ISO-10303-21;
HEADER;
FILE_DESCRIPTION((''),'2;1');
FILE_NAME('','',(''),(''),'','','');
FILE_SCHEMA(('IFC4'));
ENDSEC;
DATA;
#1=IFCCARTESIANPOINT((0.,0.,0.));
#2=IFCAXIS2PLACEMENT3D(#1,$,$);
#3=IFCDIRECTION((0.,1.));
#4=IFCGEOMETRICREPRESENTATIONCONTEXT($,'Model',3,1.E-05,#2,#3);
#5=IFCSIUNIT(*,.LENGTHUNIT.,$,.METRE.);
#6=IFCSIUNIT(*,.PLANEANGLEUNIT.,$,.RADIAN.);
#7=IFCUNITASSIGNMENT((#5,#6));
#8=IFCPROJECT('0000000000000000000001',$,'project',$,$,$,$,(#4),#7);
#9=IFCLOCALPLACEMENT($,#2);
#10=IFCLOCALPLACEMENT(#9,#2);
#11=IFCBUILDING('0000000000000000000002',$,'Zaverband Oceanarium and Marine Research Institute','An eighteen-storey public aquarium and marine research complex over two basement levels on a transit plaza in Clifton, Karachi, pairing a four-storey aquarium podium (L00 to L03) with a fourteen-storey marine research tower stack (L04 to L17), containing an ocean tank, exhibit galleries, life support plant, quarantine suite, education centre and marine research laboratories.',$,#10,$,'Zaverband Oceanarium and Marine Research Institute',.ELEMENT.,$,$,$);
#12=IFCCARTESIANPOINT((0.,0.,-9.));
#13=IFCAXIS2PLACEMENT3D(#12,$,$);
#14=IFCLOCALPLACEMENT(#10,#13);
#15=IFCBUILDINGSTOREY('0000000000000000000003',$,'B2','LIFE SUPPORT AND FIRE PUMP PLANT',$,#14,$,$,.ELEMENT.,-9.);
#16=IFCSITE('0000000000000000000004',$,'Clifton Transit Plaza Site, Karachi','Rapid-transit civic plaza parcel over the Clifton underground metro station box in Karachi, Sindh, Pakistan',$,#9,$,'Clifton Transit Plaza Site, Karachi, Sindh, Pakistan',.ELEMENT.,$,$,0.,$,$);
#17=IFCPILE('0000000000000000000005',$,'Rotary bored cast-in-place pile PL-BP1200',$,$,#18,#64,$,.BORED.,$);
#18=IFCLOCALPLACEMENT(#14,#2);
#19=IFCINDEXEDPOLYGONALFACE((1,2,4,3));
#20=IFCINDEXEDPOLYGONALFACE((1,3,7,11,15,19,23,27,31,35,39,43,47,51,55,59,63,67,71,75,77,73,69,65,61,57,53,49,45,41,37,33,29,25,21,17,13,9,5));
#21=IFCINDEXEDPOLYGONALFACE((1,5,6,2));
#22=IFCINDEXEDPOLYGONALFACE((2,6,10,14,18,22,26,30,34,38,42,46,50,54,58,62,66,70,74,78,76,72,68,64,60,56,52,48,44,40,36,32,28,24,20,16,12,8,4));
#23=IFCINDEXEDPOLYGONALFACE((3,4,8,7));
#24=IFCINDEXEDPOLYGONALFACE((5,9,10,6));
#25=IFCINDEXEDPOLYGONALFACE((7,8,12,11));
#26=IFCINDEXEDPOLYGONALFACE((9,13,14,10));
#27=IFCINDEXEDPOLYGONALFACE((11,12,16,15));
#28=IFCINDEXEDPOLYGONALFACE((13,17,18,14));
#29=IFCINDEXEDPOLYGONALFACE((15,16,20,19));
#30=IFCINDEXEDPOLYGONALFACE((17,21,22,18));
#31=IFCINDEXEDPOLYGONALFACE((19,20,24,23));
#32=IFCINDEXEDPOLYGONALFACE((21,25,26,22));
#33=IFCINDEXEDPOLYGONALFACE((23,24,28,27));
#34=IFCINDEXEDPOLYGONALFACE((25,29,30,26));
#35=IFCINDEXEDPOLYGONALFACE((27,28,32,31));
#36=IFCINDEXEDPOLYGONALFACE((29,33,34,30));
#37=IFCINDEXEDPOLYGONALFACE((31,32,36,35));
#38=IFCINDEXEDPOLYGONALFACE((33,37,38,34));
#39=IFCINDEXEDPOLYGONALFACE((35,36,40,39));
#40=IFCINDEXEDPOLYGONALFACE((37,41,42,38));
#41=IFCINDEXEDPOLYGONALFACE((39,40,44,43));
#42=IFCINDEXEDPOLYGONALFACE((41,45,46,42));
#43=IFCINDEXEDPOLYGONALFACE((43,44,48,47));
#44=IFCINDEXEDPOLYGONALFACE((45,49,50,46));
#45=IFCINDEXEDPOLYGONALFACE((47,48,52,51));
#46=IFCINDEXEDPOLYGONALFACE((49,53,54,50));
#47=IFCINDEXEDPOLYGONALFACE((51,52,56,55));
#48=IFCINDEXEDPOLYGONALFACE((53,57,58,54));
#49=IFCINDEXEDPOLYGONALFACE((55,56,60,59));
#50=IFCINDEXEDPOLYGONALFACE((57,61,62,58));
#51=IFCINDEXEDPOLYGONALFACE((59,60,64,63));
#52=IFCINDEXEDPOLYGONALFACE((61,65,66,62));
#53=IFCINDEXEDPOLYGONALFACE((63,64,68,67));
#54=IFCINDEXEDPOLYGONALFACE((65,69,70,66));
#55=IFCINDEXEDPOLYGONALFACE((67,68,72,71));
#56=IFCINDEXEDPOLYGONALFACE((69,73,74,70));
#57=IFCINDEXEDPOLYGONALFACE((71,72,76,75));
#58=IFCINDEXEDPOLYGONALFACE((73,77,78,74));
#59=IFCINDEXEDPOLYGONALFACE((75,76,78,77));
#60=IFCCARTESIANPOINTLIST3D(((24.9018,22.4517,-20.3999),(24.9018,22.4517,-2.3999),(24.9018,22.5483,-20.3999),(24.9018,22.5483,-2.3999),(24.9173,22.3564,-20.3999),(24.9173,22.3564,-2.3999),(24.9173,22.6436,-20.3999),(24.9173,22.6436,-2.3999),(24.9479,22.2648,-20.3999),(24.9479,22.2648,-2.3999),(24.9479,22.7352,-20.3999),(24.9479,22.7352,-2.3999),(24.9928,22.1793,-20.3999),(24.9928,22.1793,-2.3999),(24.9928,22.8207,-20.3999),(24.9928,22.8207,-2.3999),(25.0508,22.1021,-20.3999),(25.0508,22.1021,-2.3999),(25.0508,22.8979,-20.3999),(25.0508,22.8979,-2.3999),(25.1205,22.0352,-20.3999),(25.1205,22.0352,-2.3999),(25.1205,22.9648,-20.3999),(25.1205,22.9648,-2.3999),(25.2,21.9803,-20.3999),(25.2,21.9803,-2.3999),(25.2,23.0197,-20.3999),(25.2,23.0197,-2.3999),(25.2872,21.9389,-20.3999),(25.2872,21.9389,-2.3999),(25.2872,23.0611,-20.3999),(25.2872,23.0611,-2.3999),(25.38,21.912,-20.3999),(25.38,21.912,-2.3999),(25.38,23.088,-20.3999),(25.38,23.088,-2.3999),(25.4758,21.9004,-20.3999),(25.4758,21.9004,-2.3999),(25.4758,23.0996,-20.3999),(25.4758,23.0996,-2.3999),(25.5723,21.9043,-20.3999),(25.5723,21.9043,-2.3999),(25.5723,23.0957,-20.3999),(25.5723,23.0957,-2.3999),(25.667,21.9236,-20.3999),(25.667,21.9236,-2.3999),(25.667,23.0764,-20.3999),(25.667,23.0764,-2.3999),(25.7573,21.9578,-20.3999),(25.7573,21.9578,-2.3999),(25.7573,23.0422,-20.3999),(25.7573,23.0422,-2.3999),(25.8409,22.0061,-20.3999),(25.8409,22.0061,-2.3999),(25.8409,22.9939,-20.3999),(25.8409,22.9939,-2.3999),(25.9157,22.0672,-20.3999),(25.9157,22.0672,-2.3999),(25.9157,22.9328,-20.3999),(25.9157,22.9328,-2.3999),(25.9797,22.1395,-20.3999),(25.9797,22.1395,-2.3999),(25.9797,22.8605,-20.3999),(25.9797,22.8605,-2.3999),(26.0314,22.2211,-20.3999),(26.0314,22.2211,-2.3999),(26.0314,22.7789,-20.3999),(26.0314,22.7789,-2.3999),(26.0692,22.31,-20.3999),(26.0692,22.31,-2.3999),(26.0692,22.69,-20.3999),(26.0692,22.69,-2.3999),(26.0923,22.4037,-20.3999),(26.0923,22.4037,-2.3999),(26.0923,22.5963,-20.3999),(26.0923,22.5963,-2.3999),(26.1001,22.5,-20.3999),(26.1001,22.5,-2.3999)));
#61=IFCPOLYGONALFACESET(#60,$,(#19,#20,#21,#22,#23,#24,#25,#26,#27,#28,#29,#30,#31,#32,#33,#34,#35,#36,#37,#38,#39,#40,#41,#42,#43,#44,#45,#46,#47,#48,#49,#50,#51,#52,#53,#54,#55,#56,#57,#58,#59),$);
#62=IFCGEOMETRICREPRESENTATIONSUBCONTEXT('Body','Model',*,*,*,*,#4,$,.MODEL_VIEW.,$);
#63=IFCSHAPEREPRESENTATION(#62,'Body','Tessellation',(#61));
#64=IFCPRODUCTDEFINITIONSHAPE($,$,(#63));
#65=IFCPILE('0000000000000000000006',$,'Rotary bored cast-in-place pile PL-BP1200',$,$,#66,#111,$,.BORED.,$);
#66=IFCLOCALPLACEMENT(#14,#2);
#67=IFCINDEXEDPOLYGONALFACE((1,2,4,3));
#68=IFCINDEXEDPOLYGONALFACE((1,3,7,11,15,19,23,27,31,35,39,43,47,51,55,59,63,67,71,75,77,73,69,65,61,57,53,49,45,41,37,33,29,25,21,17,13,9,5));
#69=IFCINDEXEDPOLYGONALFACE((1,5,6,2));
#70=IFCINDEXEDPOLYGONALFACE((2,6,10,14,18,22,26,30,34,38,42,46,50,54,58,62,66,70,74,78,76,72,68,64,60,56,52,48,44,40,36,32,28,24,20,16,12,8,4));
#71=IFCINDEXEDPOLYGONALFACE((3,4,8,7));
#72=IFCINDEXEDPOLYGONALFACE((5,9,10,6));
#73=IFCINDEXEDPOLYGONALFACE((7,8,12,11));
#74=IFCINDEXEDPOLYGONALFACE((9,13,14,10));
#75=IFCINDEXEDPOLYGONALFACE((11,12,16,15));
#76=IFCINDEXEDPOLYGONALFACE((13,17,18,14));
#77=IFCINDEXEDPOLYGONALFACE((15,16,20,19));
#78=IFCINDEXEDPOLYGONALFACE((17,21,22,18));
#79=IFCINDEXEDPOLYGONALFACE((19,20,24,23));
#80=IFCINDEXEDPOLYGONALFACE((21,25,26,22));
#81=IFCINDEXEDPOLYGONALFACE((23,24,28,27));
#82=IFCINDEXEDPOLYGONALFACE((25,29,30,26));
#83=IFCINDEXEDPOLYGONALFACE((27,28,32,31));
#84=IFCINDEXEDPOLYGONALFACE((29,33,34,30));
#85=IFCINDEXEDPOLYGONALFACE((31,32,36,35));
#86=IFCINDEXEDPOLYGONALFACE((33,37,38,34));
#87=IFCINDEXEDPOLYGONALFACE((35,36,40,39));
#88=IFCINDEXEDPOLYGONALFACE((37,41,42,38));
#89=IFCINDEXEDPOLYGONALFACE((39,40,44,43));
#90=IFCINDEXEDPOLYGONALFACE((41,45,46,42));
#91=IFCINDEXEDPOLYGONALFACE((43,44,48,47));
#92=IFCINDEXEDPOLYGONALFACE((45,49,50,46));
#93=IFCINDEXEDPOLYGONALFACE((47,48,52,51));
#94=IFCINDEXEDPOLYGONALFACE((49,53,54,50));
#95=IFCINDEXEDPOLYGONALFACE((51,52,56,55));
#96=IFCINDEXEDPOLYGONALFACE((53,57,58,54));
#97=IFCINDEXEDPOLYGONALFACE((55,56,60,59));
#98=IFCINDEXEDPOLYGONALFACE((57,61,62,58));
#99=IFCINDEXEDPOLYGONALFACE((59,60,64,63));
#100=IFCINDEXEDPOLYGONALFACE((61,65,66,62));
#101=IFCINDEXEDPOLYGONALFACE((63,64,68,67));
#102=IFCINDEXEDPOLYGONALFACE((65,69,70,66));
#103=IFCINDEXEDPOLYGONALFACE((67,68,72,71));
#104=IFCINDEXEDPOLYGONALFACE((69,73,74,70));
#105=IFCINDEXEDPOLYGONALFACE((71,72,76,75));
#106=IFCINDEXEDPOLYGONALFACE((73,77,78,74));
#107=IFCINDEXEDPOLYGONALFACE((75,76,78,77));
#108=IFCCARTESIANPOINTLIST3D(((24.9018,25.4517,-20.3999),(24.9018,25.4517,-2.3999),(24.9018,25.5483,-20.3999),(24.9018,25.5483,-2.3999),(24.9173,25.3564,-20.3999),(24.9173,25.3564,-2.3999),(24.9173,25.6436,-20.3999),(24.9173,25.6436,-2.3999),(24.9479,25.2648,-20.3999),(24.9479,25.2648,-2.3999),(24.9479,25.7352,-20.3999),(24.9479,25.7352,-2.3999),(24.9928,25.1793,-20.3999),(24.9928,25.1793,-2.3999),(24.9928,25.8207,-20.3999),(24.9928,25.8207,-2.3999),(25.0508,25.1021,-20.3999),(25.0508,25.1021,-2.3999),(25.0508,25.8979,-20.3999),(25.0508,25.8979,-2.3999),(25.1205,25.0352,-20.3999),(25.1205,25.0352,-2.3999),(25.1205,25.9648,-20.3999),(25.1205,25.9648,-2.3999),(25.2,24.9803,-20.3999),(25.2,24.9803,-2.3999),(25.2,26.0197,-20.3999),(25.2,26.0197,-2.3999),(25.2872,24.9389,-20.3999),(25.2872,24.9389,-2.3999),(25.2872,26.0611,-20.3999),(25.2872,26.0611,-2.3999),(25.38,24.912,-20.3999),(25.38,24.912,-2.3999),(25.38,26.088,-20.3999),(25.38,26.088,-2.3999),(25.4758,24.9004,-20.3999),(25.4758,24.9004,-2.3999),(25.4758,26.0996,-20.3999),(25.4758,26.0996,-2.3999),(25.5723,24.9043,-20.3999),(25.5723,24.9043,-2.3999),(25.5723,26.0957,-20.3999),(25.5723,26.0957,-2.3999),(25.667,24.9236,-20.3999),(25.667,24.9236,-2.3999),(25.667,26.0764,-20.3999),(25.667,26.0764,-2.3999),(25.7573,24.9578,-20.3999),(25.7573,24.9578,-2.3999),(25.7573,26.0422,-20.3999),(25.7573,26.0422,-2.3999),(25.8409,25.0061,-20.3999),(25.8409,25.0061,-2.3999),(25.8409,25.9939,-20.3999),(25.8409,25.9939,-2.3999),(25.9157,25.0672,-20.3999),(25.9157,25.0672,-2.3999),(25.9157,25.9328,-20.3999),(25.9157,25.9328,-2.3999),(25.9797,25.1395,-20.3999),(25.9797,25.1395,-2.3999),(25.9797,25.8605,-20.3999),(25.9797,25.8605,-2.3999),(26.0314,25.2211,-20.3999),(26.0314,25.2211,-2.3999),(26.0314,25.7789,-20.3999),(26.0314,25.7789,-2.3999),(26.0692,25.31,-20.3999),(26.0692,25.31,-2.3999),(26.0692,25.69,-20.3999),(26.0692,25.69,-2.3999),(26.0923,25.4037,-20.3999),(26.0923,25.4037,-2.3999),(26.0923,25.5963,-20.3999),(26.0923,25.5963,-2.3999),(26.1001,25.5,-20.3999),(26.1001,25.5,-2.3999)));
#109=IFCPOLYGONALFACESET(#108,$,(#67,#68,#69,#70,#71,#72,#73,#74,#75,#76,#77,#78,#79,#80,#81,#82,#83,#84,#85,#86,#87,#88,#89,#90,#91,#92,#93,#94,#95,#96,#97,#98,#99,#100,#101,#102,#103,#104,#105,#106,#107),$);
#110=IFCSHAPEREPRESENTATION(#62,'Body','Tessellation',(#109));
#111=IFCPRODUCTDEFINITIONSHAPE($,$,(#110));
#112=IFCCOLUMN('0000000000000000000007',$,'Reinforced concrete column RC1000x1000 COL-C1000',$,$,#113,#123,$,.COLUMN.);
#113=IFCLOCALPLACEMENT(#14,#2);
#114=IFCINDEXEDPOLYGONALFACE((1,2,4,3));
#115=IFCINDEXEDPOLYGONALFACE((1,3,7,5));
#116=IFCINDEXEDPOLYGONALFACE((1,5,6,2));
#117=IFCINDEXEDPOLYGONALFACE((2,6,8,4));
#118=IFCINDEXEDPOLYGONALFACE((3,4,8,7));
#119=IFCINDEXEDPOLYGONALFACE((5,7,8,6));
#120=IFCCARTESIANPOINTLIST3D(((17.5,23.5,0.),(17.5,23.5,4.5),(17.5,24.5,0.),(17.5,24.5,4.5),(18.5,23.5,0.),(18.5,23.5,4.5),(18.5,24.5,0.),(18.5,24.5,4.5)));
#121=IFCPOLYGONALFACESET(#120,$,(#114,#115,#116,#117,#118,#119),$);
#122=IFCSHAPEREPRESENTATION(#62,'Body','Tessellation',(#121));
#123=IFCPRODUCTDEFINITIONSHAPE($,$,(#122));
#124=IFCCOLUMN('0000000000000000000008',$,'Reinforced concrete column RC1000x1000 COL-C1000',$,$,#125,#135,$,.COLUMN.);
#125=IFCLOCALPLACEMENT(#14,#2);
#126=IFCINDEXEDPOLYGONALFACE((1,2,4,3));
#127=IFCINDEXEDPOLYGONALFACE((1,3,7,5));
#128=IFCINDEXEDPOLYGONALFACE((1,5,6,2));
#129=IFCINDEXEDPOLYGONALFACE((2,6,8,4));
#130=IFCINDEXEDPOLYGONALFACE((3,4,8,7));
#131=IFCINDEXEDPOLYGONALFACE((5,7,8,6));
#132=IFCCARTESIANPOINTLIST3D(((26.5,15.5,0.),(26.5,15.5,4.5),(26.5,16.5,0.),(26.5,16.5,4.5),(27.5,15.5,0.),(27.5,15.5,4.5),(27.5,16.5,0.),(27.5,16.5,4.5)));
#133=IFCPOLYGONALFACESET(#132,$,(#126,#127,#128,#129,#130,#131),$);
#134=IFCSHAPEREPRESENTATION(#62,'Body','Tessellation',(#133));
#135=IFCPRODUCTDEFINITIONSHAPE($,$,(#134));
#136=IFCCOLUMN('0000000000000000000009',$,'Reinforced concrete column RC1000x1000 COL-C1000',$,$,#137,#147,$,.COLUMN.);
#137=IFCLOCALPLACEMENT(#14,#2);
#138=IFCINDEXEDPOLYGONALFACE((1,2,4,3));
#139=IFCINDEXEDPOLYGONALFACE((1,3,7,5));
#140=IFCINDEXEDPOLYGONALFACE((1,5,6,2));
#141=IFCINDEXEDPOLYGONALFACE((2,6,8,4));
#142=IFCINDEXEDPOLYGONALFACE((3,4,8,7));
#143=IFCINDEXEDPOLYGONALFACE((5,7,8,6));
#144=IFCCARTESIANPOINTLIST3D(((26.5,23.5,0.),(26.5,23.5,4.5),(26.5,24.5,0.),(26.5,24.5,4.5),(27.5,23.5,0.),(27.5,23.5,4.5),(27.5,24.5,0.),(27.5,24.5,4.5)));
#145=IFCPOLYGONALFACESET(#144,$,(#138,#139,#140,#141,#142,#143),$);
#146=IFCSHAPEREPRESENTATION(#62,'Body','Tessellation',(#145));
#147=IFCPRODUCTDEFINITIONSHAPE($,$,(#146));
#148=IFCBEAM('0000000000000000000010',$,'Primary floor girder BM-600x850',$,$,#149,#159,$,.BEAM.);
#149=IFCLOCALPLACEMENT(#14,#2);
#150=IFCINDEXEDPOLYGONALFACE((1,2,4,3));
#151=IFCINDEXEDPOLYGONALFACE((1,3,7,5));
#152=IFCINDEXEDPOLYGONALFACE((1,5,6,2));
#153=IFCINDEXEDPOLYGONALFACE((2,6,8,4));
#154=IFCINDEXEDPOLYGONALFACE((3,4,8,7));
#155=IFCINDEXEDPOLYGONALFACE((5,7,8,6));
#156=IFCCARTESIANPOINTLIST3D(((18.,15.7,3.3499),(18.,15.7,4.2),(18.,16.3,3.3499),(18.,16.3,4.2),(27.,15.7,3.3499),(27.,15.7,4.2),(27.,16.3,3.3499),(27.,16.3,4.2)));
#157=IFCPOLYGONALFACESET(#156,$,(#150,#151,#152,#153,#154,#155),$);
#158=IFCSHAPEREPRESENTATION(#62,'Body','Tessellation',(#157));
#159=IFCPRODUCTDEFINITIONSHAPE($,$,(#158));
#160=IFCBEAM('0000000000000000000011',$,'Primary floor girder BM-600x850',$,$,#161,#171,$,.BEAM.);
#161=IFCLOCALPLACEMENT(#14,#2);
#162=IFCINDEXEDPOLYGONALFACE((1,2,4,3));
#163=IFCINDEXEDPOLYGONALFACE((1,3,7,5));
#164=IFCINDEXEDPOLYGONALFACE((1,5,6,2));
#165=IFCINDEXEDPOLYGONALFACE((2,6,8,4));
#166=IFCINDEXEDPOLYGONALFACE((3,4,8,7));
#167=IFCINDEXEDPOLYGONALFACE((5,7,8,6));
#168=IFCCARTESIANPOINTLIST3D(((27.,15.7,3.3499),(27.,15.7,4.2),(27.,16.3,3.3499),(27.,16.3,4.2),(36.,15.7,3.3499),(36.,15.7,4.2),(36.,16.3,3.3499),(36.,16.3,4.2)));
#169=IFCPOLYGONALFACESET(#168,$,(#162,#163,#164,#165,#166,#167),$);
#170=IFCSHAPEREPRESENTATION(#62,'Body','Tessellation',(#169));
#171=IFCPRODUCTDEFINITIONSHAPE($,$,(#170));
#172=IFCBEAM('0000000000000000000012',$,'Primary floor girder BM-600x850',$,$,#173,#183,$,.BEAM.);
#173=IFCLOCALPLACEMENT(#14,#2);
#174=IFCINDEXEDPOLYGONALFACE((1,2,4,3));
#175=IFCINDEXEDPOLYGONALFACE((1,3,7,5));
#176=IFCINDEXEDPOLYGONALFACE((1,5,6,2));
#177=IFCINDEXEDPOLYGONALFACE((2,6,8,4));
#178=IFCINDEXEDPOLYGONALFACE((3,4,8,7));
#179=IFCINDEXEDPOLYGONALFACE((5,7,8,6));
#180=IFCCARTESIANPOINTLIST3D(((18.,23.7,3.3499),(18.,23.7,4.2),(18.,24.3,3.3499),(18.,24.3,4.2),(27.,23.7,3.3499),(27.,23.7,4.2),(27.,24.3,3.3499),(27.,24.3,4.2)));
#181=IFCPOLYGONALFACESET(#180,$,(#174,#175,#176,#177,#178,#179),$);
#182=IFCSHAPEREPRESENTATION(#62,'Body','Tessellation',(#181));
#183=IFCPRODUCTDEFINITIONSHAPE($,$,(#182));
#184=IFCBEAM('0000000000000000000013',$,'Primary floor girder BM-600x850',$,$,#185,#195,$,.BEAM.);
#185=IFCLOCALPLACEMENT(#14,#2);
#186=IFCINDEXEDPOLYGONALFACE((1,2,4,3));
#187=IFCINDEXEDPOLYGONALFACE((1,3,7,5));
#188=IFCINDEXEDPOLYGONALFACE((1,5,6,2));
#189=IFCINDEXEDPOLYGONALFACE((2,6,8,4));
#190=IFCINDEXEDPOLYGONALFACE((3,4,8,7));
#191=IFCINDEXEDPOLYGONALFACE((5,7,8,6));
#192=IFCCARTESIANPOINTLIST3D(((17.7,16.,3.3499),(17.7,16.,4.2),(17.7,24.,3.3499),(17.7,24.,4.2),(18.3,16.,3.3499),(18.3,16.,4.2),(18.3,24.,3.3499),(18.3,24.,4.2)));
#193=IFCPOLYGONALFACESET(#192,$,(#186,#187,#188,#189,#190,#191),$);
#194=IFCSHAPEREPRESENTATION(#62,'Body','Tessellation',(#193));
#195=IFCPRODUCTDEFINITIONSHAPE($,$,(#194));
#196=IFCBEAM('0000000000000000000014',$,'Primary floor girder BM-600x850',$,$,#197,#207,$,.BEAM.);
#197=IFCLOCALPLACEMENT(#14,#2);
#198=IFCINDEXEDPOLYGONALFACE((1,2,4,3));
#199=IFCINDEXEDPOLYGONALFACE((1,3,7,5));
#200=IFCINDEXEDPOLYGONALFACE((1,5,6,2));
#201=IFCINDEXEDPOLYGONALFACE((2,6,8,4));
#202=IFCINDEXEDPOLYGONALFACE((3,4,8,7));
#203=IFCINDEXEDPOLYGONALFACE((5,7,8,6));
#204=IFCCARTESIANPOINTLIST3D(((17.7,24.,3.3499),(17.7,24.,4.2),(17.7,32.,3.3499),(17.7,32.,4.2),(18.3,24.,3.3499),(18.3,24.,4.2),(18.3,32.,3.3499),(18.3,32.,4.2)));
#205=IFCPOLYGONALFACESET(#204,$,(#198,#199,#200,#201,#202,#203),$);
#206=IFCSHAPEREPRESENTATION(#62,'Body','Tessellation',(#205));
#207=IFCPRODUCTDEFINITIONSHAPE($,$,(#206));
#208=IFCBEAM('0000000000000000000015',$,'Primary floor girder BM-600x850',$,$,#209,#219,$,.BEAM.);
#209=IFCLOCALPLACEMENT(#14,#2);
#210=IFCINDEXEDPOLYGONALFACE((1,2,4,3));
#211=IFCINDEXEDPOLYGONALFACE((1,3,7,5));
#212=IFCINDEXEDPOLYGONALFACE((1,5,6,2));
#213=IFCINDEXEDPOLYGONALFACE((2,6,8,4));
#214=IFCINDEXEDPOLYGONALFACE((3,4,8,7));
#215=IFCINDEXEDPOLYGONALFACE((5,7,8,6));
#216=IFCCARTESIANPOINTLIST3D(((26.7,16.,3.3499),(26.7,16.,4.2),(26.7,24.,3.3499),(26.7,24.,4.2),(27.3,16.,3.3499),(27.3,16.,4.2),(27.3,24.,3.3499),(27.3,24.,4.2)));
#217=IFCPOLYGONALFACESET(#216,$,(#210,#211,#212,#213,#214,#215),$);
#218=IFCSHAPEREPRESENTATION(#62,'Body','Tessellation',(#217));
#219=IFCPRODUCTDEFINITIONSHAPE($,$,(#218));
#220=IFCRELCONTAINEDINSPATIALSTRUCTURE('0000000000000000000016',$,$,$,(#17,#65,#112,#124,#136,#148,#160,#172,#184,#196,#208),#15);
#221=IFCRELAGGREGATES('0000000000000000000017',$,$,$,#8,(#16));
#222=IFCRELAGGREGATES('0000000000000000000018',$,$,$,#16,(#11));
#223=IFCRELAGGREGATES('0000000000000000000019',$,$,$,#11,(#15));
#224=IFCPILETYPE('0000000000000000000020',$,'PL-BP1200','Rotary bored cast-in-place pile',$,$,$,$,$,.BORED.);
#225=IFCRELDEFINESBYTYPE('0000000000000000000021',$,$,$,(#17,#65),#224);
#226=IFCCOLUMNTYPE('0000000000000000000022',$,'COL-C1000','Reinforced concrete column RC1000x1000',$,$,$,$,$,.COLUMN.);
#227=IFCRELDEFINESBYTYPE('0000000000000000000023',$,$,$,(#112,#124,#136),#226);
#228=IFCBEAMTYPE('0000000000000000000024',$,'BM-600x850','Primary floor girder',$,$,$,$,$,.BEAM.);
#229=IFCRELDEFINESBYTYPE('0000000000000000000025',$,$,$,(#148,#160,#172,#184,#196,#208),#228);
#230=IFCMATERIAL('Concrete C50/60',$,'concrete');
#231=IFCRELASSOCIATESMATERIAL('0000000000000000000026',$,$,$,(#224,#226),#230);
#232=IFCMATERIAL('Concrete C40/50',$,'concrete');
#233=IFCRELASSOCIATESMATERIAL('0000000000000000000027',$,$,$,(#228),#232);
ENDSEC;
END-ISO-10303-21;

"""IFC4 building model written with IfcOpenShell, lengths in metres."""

from ifc_helpers import new_model, si_unit, direction, frame, origin, origin_2d, place, context, subcontext, project, spatial, rectangle, circle, extrude, material, material_profile, profile_set, type_object, element, save


model = new_model("IFC4")

# Units and contexts
model_context = context("Model", 3, precision=1e-05, world=origin(), true_north=direction((0.0, 1.0)))
body_context = subcontext(model_context, "Body", "Model", "MODEL_VIEW")
ifc_project = project(units=[si_unit("LENGTHUNIT", "METRE"), si_unit("PLANEANGLEUNIT", "RADIAN")], contexts=[model_context])

# Site, building, storey
site_placement = place(None, origin())
site = spatial("IfcSite", under=ifc_project, at=site_placement, Name="Clifton Transit Plaza Site, Karachi", Description="Rapid-transit civic plaza parcel over the Clifton underground metro station box in Karachi, Sindh, Pakistan", LongName="Clifton Transit Plaza Site, Karachi, Sindh, Pakistan", CompositionType="ELEMENT", RefElevation=0.0)
building_placement = place(site_placement, origin())
building = spatial("IfcBuilding", under=site, at=building_placement, Name="Zaverband Oceanarium and Marine Research Institute", Description="An eighteen-storey public aquarium and marine research complex over two basement levels on a transit plaza in Clifton, Karachi, pairing a four-storey aquarium podium (L00 to L03) with a fourteen-storey marine research tower stack (L04 to L17), containing an ocean tank, exhibit galleries, life support plant, quarantine suite, education centre and marine research laboratories.", LongName="Zaverband Oceanarium and Marine Research Institute", CompositionType="ELEMENT")
storey_placement = place(building_placement, frame((0.0, 0.0, -9.0)))
storey = spatial("IfcBuildingStorey", under=building, at=storey_placement, Name="B2", Description="LIFE SUPPORT AND FIRE PUMP PLANT", CompositionType="ELEMENT", Elevation=-9.0)

# Shared definitions
ifc_material_1 = material(Name="Concrete C50/60", Category="concrete")

# Piles
ifc_material_profile_1 = material_profile(ifc_material_1, circle(Radius=0.6001, at=origin_2d()), Name="BP1200")
ifc_profile_set_1 = profile_set([ifc_material_profile_1], Name="Concrete C50/60")
pile_type_1 = type_object("IfcPileType", Name="PL-BP1200", Description="Rotary bored cast-in-place pile", PredefinedType="BORED", material=ifc_profile_set_1)
for number, where, z_axis, x_axis, name in (
    (1, (25.5, 22.5, -2.3999), (0.0, 0.0, -1.0), (1.0, 0.0, 0.0), "Rotary bored cast-in-place pile PL-BP1200"),
    (2, (25.5, 25.5, -2.3999), (0.0, 0.0, -1.0), (1.0, 0.0, 0.0), "Rotary bored cast-in-place pile PL-BP1200"),
):
    element("IfcPile", number, at=place(storey_placement, frame(where, z_axis=z_axis, x_axis=x_axis)), inside=storey, type_object=pile_type_1, Name=name, PredefinedType="BORED", context=body_context, shape_type="SweptSolid", body=[
        extrude(circle(Radius=0.6001, at=origin_2d()), origin(), (0.0, 0.0, 1.0), 18.0),
    ])

# Columns
ifc_material_profile_2 = material_profile(ifc_material_1, rectangle(XDim=1.0, YDim=1.0, at=origin_2d()), Name="RC1000x1000")
ifc_profile_set_2 = profile_set([ifc_material_profile_2], Name="Concrete C50/60")
column_type = type_object("IfcColumnType", Name="COL-C1000", Description="Reinforced concrete column RC1000x1000", PredefinedType="COLUMN", material=ifc_profile_set_2)
for number, where, z_axis, x_axis, name in (
    (3, (18.0, 24.0, 0.0), (0.0, 0.0, 1.0), (1.0, 0.0, 0.0), "Reinforced concrete column RC1000x1000 COL-C1000"),
    (4, (27.0, 16.0, 0.0), (0.0, 0.0, 1.0), (1.0, 0.0, 0.0), "Reinforced concrete column RC1000x1000 COL-C1000"),
    (5, (27.0, 24.0, 0.0), (0.0, 0.0, 1.0), (1.0, 0.0, 0.0), "Reinforced concrete column RC1000x1000 COL-C1000"),
):
    element("IfcColumn", number, at=place(storey_placement, frame(where, z_axis=z_axis, x_axis=x_axis)), inside=storey, type_object=column_type, Name=name, PredefinedType="COLUMN", context=body_context, shape_type="SweptSolid", body=[
        extrude(rectangle(XDim=1.0, YDim=1.0, at=origin_2d()), origin(), (0.0, 0.0, 1.0), 4.5),
    ])

# Beams
ifc_material_2 = material(Name="Concrete C40/50", Category="concrete")
ifc_material_profile_3 = material_profile(ifc_material_2, rectangle(XDim=0.6001, YDim=0.8501, at=origin_2d()), Name="RC600x850")
ifc_profile_set_3 = profile_set([ifc_material_profile_3], Name="Concrete C40/50")
beam_type_1 = type_object("IfcBeamType", Name="BM-600x850", Description="Primary floor girder", PredefinedType="BEAM", material=ifc_profile_set_3)
for number, where, z_axis, x_axis, name in (
    (6, (18.0, 16.0, 3.7749), (1.0, 0.0, 0.0), (0.0, 1.0, 0.0), "Primary floor girder BM-600x850"),
    (7, (27.0, 16.0, 3.7749), (1.0, 0.0, 0.0), (0.0, 1.0, 0.0), "Primary floor girder BM-600x850"),
    (8, (18.0, 24.0, 3.7749), (1.0, 0.0, 0.0), (0.0, 1.0, 0.0), "Primary floor girder BM-600x850"),
):
    element("IfcBeam", number, at=place(storey_placement, frame(where, z_axis=z_axis, x_axis=x_axis)), inside=storey, type_object=beam_type_1, Name=name, PredefinedType="BEAM", context=body_context, shape_type="SweptSolid", body=[
        extrude(rectangle(XDim=0.6001, YDim=0.8501, at=origin_2d()), origin(), (0.0, 0.0, 1.0), 9.0),
    ])
for number, where, z_axis, x_axis, name in (
    (9, (18.0, 16.0, 3.7749), (0.0, 1.0, 0.0), (-1.0, 0.0, 0.0), "Primary floor girder BM-600x850"),
    (10, (18.0, 24.0, 3.7749), (0.0, 1.0, 0.0), (-1.0, 0.0, 0.0), "Primary floor girder BM-600x850"),
    (11, (27.0, 16.0, 3.7749), (0.0, 1.0, 0.0), (-1.0, 0.0, 0.0), "Primary floor girder BM-600x850"),
):
    element("IfcBeam", number, at=place(storey_placement, frame(where, z_axis=z_axis, x_axis=x_axis)), inside=storey, type_object=beam_type_1, Name=name, PredefinedType="BEAM", context=body_context, shape_type="SweptSolid", body=[
        extrude(rectangle(XDim=0.6001, YDim=0.8501, at=origin_2d()), origin(), (0.0, 0.0, 1.0), 8.0),
    ])

save(model, "model.ifc")
